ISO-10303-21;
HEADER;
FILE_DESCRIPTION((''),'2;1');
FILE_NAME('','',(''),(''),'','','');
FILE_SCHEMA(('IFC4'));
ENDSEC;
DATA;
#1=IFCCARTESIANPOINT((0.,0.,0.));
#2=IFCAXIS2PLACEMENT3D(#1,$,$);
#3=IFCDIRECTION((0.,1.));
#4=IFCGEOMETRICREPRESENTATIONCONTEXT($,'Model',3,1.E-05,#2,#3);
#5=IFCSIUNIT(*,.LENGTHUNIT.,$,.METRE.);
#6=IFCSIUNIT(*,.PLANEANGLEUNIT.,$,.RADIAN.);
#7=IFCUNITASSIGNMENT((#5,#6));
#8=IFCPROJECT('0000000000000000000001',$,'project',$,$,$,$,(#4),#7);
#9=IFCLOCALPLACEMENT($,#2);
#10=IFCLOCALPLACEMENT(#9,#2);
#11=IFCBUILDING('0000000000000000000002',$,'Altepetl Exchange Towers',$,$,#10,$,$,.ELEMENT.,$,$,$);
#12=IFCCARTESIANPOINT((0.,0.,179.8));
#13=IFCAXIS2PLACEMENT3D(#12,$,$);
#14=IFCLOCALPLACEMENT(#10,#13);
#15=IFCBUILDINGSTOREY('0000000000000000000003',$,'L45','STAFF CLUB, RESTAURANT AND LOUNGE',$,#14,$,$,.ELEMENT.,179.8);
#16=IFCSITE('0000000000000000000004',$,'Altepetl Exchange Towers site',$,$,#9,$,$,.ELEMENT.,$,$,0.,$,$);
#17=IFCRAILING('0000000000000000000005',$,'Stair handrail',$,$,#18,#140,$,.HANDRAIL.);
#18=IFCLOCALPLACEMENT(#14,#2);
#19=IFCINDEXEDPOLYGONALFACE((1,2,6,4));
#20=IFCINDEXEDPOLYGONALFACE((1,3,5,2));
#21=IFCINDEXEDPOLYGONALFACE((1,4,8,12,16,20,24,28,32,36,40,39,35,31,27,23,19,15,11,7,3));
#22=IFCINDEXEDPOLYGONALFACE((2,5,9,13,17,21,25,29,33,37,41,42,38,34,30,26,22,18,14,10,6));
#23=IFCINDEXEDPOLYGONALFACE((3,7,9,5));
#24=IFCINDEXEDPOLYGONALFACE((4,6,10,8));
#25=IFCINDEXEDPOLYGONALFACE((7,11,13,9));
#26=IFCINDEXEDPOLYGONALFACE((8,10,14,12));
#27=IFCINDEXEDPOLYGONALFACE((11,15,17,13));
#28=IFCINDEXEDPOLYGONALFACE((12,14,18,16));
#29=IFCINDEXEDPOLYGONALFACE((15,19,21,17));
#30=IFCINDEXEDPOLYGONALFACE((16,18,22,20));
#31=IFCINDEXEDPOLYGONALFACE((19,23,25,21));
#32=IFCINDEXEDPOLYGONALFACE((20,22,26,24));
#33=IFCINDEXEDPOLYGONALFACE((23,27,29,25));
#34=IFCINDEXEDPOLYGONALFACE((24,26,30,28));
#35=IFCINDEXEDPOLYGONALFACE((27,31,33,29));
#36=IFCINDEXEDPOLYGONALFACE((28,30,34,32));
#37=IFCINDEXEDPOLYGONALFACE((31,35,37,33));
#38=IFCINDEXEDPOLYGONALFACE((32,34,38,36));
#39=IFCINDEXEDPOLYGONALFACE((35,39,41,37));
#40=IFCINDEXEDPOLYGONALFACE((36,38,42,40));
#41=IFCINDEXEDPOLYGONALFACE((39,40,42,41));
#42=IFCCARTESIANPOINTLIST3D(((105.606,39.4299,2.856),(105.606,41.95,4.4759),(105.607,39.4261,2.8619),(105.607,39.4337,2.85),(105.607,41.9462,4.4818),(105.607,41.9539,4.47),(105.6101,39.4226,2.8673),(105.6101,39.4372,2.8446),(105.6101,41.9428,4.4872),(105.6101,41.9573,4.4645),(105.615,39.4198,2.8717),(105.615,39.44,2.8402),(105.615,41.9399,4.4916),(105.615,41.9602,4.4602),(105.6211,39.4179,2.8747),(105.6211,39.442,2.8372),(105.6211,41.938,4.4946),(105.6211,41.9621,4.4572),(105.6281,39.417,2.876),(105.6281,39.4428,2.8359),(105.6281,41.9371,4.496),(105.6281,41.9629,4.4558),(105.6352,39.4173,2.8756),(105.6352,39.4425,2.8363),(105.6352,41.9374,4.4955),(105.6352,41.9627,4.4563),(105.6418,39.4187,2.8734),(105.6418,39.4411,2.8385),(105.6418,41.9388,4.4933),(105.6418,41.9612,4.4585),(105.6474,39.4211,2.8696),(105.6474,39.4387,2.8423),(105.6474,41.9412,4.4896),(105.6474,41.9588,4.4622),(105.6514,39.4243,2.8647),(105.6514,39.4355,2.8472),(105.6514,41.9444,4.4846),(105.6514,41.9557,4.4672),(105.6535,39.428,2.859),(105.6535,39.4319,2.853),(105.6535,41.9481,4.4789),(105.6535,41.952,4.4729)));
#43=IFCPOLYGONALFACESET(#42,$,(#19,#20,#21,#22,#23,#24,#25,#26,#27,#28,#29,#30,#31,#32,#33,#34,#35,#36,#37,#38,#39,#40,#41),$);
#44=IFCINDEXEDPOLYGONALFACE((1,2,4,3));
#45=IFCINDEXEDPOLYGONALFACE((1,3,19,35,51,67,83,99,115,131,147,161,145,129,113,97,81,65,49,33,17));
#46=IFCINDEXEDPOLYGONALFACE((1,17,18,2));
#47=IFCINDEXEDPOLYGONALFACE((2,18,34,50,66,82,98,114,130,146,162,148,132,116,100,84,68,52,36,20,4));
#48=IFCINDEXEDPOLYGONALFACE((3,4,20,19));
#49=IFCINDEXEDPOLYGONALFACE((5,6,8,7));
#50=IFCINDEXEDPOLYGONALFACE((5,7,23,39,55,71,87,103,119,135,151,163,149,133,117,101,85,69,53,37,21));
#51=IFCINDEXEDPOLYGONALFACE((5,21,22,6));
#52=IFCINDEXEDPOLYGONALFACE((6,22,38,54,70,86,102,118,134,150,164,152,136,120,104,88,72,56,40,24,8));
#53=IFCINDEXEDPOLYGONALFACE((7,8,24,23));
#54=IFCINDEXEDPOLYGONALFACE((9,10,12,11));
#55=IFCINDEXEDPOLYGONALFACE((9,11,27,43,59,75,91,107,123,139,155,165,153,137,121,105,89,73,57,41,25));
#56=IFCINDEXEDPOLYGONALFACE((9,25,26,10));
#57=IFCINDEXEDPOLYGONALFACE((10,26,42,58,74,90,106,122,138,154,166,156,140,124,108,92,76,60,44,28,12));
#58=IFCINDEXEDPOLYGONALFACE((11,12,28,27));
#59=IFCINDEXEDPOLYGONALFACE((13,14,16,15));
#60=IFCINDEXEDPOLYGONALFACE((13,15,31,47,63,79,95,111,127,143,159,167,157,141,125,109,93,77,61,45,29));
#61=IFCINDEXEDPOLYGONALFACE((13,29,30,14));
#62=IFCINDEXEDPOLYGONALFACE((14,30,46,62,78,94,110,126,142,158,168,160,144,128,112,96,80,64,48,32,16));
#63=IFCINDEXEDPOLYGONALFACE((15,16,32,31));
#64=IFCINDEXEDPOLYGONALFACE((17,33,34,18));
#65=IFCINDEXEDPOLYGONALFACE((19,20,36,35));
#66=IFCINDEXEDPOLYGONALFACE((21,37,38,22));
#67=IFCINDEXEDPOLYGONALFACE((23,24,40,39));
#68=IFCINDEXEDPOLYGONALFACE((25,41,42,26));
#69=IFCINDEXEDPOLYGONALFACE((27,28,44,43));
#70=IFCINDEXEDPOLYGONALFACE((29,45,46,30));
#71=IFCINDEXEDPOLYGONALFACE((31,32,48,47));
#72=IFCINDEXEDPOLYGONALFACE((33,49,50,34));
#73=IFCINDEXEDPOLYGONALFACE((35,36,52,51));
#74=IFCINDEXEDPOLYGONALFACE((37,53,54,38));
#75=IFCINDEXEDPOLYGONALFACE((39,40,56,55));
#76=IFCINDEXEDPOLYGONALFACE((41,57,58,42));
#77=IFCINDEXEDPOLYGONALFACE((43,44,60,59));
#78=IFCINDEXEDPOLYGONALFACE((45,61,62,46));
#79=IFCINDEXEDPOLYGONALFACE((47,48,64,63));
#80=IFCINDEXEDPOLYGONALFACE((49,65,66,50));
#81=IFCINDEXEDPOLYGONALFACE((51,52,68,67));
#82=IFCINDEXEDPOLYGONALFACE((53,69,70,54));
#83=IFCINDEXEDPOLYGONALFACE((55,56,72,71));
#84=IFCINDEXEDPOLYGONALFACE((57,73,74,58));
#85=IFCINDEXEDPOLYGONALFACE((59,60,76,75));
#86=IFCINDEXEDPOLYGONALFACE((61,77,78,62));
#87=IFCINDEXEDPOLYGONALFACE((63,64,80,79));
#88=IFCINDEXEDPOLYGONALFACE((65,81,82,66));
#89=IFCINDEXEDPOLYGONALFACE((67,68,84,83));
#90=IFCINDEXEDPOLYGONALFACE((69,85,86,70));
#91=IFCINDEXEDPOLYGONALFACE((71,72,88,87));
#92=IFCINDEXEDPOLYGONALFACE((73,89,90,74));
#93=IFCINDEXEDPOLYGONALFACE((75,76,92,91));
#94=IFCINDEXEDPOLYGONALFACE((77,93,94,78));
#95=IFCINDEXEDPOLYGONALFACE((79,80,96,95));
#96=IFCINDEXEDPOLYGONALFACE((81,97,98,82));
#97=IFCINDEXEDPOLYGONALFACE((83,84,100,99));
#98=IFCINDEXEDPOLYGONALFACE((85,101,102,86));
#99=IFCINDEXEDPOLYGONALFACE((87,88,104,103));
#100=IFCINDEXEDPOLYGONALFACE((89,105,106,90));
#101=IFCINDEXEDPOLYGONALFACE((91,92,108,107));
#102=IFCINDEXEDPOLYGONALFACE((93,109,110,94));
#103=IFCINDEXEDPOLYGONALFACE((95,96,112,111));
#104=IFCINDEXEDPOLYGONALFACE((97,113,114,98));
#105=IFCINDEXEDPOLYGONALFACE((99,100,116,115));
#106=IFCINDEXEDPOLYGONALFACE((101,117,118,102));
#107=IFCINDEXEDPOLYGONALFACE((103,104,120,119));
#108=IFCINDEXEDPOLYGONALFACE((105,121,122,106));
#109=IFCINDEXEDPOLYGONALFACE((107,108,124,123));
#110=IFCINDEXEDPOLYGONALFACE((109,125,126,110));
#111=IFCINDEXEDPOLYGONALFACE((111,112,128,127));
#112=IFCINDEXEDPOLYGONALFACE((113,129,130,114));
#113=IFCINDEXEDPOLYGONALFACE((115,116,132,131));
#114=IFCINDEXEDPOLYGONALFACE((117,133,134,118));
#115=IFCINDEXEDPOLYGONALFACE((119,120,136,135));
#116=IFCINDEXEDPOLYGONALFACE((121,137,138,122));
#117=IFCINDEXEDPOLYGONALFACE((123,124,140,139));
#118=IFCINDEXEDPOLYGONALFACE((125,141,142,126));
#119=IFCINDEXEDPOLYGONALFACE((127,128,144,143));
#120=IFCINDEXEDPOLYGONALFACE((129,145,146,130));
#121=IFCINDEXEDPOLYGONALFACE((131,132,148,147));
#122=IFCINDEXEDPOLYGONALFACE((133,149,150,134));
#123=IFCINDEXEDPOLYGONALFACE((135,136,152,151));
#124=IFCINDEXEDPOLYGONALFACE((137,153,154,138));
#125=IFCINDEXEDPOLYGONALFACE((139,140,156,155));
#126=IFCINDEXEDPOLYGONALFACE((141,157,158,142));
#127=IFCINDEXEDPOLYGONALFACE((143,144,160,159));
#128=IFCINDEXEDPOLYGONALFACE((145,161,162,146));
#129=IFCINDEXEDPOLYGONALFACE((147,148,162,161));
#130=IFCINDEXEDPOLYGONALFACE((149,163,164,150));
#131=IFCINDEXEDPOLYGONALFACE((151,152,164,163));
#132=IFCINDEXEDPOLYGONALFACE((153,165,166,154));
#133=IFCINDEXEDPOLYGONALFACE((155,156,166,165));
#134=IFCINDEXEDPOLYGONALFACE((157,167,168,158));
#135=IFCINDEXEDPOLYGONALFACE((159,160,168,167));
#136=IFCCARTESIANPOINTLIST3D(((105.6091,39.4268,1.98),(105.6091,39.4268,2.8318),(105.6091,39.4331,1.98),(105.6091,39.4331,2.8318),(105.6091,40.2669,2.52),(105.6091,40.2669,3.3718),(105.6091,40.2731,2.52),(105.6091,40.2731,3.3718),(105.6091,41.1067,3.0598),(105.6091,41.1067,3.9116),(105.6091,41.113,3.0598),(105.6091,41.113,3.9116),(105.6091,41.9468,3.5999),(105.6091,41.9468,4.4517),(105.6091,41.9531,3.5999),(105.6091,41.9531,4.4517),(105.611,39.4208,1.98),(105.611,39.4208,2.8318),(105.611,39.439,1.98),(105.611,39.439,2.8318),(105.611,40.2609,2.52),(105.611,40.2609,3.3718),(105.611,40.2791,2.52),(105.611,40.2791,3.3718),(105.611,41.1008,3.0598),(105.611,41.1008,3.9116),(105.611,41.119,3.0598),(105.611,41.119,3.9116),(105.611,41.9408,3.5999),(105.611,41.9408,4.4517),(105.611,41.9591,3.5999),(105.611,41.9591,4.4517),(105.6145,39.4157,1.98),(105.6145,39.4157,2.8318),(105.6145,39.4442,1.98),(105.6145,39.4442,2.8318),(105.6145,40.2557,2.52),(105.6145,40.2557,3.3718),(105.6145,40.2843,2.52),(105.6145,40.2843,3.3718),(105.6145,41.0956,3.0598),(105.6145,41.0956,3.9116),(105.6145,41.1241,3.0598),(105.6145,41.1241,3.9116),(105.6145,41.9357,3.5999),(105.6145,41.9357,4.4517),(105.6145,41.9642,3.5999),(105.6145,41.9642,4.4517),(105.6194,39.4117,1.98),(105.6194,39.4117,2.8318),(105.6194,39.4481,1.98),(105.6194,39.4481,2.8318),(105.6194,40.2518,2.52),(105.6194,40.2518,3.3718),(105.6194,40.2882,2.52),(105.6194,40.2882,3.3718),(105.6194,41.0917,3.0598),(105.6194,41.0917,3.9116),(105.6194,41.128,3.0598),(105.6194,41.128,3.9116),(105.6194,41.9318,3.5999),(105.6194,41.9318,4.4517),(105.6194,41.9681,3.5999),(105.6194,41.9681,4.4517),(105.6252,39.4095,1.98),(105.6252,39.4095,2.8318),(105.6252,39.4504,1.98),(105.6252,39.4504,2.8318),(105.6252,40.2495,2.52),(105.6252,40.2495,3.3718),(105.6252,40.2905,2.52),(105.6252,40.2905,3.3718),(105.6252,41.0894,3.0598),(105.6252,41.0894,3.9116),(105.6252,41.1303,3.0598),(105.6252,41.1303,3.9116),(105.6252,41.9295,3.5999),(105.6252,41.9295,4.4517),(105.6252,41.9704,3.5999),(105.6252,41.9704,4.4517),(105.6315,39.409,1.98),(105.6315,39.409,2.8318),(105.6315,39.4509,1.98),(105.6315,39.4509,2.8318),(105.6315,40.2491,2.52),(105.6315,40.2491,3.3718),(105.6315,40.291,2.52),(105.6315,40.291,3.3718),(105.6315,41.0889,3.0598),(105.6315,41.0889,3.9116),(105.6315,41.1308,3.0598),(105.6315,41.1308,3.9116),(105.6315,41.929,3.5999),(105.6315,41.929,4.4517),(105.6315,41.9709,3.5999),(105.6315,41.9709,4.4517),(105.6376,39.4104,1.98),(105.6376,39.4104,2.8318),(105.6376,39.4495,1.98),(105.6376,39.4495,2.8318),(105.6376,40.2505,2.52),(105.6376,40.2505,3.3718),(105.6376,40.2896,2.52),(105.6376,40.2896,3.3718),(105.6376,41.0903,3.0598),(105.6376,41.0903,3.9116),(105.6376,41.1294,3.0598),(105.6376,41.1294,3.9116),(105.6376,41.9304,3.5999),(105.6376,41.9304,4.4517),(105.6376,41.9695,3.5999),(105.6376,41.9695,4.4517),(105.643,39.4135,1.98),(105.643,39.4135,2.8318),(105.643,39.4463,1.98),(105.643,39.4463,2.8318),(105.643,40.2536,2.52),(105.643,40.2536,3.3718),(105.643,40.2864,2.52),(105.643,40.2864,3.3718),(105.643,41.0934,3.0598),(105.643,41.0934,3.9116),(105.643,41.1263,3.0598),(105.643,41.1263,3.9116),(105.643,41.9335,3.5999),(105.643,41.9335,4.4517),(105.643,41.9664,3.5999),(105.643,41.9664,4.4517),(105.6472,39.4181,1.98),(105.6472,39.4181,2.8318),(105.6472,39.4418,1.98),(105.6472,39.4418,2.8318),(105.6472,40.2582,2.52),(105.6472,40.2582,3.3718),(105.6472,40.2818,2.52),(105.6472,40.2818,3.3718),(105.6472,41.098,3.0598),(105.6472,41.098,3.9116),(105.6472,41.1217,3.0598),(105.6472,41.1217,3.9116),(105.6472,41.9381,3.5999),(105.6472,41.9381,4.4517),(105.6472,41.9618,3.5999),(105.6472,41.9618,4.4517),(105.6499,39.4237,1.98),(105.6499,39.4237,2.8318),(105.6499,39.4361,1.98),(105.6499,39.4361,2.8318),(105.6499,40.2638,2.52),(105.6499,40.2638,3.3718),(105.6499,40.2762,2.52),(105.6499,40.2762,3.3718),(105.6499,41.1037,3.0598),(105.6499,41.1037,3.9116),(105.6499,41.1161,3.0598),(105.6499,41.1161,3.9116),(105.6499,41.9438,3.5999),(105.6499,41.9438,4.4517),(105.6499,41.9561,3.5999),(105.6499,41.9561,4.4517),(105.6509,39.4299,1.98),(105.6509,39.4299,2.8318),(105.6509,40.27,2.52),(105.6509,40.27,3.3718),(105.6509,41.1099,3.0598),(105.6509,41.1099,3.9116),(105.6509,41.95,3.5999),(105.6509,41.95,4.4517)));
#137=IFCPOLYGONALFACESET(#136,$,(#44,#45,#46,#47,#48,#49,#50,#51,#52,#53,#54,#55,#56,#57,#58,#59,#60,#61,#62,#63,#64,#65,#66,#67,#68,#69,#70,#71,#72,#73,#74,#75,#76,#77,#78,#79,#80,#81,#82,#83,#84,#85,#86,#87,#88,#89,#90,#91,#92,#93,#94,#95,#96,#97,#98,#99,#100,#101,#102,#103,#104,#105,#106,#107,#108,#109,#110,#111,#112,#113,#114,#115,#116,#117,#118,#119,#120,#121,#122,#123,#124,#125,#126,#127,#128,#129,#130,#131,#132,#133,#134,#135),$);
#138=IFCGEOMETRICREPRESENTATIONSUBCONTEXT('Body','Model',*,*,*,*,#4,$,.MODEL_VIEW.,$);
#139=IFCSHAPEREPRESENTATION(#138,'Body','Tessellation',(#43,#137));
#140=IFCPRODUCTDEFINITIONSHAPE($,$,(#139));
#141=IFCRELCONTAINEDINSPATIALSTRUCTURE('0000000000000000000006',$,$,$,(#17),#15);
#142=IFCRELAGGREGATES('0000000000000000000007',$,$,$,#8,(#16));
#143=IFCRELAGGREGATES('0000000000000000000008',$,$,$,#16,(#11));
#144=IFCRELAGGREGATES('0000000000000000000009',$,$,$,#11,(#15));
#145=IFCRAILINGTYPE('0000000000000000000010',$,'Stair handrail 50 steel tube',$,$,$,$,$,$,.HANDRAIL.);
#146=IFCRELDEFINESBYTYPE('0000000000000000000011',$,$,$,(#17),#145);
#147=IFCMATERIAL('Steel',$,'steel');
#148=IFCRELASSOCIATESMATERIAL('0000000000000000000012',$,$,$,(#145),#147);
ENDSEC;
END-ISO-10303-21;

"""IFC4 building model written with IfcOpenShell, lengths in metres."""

from ifc_helpers import new_model, si_unit, direction, frame, origin, origin_2d, place, context, subcontext, project, spatial, circle, extrude, source, transform, mapped, material, type_object, element, save


model = new_model("IFC4")

# Units and contexts
model_context = context("Model", 3, precision=1e-05, world=origin(), true_north=direction((0.0, 1.0)))
body_context = subcontext(model_context, "Body", "Model", "MODEL_VIEW")
ifc_project = project(units=[si_unit("LENGTHUNIT", "METRE"), si_unit("PLANEANGLEUNIT", "RADIAN")], contexts=[model_context])

# Site, building, storey
site_placement = place(None, origin())
site = spatial("IfcSite", under=ifc_project, at=site_placement, Name="Altepetl Exchange Towers site", CompositionType="ELEMENT", RefElevation=0.0)
building_placement = place(site_placement, origin())
building = spatial("IfcBuilding", under=site, at=building_placement, Name="Altepetl Exchange Towers", CompositionType="ELEMENT")
storey_placement = place(building_placement, frame((0.0, 0.0, 179.8)))
storey = spatial("IfcBuildingStorey", under=building, at=storey_placement, Name="L45", Description="STAFF CLUB, RESTAURANT AND LOUNGE", CompositionType="ELEMENT", Elevation=179.8)

# Railing
ifc_material_1 = material(Name="Steel", Category="steel")
railing_type = type_object("IfcRailingType", Name="Stair handrail 50 steel tube", PredefinedType="HANDRAIL", material=ifc_material_1)
shared_shape = source(origin(), body_context, "Body", "SweptSolid", [
    extrude(circle(Radius=0.021, at=origin_2d()), origin(), (0.0, 0.0, 1.0), 0.8518),
])
railing_1_placement = place(storey_placement, frame((105.6299, 39.4299, 1.98)))
element("IfcRailing", 1, at=railing_1_placement, inside=storey, type_object=railing_type, Name="Stair handrail", PredefinedType="HANDRAIL", context=body_context, shape_type="SweptSolid", body=[
    extrude(circle(Radius=0.0239, at=origin_2d()), frame((0.0, 0.0, 0.876), z_axis=(0.0, 0.8412, 0.540725), x_axis=(-1.0, 0.0, 0.0)), (0.0, 0.0, 1.0), 2.9958),
    mapped(shared_shape, transform((0.0, 0.0, 0.0))),
    mapped(shared_shape, transform((0.0, 0.8401, 0.54))),
    mapped(shared_shape, transform((0.0, 1.6799, 1.0798))),
    mapped(shared_shape, transform((0.0, 2.52, 1.6199))),
])

save(model, "model.ifc")
